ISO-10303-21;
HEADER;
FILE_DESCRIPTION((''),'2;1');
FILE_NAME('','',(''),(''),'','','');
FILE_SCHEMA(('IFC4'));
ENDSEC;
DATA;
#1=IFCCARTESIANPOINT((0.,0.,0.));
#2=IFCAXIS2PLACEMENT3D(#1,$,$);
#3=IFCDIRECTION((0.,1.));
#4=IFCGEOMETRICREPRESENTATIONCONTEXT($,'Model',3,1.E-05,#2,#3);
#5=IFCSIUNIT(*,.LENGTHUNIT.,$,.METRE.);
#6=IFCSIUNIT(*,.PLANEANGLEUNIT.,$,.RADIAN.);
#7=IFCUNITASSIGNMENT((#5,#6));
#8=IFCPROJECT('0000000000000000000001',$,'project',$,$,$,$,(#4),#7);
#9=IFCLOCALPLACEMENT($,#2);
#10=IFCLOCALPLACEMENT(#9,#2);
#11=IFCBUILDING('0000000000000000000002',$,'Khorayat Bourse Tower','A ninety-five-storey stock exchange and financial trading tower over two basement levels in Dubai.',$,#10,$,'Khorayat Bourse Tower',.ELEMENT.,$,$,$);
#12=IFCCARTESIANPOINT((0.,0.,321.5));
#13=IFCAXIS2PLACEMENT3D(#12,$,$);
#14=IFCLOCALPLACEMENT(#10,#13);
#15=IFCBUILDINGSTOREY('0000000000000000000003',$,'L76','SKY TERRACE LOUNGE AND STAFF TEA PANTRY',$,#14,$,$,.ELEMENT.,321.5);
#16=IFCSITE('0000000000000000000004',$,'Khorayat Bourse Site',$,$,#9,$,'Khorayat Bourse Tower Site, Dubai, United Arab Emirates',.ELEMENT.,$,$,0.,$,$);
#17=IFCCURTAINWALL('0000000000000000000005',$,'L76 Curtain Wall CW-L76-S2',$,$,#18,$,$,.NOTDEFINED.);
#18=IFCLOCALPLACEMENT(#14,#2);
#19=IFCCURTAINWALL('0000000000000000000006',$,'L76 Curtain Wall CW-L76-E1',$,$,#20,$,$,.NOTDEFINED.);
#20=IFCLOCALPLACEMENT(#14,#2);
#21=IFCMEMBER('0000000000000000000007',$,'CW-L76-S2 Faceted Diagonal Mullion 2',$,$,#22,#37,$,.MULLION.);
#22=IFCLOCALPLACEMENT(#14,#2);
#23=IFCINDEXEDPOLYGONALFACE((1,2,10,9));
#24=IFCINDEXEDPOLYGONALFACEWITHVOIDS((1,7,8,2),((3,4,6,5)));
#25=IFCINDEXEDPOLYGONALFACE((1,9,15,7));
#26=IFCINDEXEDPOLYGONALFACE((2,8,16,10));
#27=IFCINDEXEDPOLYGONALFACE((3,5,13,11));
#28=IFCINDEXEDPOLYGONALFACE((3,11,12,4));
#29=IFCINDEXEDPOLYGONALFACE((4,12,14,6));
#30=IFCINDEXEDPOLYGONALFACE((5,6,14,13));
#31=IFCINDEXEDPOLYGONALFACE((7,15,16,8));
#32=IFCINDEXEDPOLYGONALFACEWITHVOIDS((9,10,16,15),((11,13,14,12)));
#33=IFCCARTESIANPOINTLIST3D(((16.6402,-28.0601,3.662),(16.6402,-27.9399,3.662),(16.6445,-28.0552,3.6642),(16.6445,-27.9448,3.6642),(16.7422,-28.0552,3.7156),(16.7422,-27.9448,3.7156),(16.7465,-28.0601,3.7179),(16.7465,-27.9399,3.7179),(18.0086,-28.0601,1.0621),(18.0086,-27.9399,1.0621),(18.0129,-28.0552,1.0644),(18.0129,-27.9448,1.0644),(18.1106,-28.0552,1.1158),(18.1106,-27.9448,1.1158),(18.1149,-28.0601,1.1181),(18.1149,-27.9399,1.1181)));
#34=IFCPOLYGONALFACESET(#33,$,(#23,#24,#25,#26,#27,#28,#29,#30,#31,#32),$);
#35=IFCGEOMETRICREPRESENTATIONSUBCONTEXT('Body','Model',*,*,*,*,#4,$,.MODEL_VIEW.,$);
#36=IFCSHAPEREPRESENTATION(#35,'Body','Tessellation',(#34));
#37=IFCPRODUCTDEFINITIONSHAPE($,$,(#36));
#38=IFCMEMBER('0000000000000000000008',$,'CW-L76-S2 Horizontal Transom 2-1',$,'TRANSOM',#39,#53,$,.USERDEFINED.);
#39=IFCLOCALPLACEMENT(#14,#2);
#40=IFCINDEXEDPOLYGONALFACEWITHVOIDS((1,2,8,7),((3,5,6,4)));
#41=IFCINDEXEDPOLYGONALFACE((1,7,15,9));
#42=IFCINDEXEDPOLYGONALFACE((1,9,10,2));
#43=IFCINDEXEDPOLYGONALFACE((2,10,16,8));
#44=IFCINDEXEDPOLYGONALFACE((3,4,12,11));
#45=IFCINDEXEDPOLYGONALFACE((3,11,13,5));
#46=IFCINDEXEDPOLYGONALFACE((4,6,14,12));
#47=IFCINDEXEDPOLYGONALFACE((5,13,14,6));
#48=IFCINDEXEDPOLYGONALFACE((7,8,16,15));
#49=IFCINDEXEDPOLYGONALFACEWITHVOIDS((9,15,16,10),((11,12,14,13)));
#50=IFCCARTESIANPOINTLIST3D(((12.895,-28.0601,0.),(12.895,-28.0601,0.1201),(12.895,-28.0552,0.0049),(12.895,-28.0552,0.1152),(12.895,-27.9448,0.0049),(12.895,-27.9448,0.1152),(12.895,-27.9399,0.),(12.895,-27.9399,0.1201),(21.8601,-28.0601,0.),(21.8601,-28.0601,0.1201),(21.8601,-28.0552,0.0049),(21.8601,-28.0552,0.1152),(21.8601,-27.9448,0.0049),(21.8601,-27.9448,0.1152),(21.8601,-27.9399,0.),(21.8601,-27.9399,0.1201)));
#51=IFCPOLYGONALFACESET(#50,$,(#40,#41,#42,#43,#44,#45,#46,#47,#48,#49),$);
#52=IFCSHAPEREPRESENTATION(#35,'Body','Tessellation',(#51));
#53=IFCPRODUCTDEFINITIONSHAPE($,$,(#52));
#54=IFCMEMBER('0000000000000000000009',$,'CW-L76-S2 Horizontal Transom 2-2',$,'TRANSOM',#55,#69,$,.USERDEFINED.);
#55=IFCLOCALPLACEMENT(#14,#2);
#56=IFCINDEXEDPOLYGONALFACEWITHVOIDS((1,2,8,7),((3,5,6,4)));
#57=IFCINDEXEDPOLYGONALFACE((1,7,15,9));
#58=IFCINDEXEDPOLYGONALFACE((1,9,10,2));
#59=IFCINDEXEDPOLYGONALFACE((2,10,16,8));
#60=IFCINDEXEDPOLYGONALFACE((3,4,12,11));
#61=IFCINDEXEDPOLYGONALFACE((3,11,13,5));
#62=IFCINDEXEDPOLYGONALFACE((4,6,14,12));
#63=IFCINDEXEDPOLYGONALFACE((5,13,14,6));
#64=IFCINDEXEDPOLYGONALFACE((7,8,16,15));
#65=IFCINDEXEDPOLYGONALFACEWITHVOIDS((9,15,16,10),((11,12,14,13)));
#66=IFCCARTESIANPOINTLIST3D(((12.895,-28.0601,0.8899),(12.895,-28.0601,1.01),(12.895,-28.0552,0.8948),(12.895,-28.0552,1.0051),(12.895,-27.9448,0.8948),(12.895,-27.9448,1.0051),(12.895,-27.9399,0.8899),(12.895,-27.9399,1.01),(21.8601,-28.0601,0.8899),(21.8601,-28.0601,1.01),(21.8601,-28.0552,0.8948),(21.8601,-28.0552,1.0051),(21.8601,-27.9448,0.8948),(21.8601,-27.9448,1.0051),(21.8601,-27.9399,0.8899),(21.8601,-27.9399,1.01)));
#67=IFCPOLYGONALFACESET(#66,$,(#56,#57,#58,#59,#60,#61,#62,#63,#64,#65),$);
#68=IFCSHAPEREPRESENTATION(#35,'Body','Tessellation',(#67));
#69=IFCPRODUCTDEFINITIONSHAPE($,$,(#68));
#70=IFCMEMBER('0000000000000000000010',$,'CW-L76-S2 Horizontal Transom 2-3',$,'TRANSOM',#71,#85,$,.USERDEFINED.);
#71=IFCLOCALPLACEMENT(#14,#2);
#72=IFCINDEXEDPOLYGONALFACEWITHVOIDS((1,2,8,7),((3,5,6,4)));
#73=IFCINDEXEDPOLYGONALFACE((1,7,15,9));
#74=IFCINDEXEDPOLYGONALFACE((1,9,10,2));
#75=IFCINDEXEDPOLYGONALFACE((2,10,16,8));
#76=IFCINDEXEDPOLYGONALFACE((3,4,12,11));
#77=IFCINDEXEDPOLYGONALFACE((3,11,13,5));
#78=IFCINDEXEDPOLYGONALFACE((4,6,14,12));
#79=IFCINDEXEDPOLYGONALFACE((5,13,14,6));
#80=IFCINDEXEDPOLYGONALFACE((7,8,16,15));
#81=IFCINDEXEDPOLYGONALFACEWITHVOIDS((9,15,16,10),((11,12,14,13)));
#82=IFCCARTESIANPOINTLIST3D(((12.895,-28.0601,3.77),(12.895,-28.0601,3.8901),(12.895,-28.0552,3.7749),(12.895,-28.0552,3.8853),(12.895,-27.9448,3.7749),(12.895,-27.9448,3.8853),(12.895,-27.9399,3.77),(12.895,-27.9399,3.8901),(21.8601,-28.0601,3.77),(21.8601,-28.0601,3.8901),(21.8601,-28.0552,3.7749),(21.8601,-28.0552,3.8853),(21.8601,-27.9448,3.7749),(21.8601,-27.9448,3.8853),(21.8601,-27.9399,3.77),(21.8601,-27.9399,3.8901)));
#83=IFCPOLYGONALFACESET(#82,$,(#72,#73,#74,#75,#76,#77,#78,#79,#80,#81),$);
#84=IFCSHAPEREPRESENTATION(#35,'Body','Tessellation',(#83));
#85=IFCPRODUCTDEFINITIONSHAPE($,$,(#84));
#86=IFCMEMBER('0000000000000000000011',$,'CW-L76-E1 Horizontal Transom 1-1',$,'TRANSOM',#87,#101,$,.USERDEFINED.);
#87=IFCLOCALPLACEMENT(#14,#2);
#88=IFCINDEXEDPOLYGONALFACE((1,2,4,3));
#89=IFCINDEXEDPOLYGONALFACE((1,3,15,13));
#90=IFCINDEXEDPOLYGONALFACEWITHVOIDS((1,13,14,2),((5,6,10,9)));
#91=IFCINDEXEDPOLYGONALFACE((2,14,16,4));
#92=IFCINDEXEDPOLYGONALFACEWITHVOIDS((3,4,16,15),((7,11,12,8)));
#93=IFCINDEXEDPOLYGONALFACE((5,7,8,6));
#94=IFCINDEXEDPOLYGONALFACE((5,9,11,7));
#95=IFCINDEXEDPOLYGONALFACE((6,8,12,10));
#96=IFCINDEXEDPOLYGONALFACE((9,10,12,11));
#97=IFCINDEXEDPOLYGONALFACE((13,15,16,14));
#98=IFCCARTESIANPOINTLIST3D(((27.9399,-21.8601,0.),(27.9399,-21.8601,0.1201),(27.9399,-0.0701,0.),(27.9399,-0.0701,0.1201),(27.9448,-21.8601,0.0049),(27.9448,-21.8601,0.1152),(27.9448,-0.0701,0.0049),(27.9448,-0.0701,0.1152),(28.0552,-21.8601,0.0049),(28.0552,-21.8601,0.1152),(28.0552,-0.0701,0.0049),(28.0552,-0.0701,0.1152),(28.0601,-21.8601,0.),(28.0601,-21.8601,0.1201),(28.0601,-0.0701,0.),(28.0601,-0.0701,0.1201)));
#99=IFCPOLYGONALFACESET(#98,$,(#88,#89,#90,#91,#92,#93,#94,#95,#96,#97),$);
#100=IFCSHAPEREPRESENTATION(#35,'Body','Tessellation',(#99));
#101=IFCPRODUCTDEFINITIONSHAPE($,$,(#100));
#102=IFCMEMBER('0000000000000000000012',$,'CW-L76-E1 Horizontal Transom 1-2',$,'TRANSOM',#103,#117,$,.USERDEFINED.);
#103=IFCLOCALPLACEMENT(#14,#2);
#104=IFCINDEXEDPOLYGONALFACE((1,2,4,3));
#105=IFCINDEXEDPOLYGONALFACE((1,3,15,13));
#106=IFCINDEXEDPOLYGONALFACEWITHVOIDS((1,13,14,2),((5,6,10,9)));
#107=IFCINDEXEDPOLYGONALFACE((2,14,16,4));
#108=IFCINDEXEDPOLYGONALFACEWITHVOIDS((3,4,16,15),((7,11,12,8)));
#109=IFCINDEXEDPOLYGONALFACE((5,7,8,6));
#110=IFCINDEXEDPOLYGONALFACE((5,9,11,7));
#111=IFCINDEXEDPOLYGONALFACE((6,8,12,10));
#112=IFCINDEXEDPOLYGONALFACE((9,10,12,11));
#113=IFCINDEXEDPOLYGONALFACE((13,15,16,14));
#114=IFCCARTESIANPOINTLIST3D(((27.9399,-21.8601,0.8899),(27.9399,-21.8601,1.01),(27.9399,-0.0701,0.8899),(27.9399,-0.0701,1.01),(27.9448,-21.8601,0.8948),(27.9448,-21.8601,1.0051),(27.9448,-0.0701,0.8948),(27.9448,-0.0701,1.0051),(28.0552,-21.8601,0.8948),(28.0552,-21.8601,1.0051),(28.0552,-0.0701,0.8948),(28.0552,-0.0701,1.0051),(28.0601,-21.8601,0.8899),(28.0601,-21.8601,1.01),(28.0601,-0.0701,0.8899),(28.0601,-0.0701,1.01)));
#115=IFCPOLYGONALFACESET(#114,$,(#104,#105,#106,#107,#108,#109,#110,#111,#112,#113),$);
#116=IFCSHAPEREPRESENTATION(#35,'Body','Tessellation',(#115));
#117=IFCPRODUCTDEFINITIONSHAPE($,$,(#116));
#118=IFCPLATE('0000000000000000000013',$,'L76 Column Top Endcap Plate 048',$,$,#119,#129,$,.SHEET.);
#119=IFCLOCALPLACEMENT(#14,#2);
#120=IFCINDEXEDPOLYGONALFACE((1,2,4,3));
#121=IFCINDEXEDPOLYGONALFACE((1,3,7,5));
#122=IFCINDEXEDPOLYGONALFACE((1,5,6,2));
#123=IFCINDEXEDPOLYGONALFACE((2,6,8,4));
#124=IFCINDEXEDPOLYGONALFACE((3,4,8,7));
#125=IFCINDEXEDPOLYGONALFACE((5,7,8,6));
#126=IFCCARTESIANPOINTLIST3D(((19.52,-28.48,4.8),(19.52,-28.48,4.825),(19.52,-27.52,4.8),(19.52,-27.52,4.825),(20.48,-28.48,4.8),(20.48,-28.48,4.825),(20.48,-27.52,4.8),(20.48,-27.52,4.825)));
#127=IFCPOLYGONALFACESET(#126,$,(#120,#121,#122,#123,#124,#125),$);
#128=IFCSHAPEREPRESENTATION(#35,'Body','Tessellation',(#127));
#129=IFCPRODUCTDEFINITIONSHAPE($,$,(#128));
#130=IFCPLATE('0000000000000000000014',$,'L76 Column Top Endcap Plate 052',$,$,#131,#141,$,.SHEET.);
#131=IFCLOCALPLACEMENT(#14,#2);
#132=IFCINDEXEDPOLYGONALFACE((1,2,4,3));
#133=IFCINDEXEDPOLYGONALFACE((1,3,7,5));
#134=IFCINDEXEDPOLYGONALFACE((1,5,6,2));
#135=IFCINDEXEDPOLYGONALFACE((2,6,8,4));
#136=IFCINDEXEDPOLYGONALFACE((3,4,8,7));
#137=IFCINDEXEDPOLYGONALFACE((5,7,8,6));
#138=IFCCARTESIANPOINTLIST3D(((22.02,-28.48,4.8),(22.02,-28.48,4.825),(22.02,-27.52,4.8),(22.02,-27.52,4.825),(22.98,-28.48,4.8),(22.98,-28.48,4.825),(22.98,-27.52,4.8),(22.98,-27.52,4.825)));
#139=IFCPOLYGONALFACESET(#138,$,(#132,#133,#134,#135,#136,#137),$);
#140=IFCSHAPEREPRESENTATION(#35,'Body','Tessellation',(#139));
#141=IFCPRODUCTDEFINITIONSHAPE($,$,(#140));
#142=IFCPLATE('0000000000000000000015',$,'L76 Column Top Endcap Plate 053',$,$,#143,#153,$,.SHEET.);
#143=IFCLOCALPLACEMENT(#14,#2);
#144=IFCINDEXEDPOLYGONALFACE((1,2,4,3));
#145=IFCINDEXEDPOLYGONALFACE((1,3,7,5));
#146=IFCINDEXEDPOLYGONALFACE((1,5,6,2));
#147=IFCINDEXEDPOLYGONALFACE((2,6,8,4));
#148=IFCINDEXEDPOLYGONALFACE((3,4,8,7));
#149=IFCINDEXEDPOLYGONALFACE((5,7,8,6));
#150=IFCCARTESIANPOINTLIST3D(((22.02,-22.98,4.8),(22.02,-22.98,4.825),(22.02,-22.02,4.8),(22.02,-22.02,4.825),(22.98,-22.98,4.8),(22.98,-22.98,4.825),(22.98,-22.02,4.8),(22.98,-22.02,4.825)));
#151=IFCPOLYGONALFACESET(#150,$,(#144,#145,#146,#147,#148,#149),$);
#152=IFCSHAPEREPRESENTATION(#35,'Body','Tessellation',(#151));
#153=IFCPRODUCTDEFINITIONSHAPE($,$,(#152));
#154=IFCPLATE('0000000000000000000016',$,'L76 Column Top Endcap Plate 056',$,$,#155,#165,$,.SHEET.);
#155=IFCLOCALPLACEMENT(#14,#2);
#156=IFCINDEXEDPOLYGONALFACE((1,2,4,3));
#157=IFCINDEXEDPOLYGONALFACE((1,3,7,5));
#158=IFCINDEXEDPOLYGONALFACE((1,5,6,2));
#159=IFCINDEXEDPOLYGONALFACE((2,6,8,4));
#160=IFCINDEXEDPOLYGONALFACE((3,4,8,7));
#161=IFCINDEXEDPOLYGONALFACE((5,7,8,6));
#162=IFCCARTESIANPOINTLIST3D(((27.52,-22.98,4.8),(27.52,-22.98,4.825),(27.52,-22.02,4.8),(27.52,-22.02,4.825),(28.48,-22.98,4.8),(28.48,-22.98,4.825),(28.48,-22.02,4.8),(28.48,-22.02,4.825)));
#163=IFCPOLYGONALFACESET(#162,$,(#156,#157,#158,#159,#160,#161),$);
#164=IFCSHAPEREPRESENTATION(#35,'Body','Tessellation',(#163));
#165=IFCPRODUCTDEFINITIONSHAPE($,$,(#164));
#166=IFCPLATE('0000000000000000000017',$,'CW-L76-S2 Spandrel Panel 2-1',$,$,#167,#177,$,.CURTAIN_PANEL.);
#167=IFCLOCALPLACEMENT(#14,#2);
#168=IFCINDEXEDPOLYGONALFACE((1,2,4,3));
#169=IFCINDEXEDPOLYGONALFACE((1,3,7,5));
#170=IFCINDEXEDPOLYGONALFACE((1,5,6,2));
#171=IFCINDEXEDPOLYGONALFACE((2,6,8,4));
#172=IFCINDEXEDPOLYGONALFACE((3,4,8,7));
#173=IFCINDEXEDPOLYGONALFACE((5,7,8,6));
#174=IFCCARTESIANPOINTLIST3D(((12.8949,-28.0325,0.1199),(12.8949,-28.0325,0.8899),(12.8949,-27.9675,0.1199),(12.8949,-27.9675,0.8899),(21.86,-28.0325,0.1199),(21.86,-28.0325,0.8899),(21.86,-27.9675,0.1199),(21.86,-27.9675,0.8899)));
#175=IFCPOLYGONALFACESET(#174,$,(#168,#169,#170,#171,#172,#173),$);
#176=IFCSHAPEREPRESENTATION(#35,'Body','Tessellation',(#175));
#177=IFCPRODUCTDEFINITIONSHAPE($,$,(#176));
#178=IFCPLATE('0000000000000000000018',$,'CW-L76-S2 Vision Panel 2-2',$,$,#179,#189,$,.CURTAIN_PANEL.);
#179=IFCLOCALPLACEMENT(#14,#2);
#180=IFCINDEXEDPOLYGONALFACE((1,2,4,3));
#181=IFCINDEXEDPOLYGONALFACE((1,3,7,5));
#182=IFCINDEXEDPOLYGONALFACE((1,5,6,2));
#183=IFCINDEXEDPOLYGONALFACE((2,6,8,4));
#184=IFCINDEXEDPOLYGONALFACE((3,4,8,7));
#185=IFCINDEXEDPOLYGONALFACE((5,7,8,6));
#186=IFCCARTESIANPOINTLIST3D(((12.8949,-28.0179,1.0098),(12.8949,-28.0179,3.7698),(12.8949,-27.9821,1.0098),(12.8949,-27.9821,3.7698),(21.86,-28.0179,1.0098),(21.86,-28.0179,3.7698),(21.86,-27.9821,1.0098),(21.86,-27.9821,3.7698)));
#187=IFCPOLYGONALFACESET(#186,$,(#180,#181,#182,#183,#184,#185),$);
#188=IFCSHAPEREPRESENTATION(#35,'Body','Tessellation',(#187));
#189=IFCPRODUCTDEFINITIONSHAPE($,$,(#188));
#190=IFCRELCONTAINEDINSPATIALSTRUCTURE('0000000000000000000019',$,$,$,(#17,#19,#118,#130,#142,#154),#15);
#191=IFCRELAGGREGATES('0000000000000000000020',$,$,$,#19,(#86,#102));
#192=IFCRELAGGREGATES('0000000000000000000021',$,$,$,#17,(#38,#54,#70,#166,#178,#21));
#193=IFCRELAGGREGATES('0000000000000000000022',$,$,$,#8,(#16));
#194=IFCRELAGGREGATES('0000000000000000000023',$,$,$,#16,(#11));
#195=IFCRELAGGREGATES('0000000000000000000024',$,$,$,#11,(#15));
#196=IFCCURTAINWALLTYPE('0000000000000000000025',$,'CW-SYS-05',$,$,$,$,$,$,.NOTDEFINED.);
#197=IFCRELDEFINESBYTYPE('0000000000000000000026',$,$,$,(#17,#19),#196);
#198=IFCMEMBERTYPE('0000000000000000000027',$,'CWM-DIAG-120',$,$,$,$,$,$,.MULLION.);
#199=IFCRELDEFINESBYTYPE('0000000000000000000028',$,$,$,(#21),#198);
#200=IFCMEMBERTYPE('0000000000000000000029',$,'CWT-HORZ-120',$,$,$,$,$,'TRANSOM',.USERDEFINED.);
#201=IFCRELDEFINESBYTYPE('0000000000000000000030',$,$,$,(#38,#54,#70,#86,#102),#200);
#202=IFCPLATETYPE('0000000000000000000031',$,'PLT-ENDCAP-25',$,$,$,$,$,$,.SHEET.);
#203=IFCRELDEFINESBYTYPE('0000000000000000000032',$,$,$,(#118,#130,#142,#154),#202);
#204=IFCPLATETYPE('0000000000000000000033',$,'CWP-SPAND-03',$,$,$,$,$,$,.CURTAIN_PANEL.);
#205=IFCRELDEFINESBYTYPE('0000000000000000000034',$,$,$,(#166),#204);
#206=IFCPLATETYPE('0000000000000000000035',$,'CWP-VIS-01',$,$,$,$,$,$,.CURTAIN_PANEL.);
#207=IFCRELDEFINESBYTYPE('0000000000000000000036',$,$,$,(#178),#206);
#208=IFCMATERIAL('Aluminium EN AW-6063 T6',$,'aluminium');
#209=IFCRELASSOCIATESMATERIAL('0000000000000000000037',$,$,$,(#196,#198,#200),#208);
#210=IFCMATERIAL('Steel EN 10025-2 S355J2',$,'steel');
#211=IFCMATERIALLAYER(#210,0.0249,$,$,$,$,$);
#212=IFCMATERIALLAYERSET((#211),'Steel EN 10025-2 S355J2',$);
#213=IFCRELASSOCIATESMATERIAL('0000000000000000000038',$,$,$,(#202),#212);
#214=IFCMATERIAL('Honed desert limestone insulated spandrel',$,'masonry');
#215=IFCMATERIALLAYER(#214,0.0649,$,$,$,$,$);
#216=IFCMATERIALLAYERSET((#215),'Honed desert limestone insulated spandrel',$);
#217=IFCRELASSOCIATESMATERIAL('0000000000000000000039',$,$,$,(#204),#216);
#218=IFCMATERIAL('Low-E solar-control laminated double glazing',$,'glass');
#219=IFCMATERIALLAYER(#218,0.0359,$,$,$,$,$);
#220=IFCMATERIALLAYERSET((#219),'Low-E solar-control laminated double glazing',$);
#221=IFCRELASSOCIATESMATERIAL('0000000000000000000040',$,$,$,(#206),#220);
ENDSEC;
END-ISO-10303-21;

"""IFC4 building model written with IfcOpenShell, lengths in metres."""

from ifc_helpers import new_model, si_unit, direction, frame, origin, origin_2d, place, context, subcontext, project, spatial, rectangle, hollow_rectangle, extrude, source, transform, mapped, material, layer, layer_set, material_profile, profile_set, type_object, element, aggregate, save


model = new_model("IFC4")

# Units and contexts
model_context = context("Model", 3, precision=1e-05, world=origin(), true_north=direction((0.0, 1.0)))
body_context = subcontext(model_context, "Body", "Model", "MODEL_VIEW")
ifc_project = project(units=[si_unit("LENGTHUNIT", "METRE"), si_unit("PLANEANGLEUNIT", "RADIAN")], contexts=[model_context])

# Site, building, storey
site_placement = place(None, origin())
site = spatial("IfcSite", under=ifc_project, at=site_placement, Name="Khorayat Bourse Site", LongName="Khorayat Bourse Tower Site, Dubai, United Arab Emirates", CompositionType="ELEMENT", RefElevation=0.0)
building_placement = place(site_placement, origin())
building = spatial("IfcBuilding", under=site, at=building_placement, Name="Khorayat Bourse Tower", Description="A ninety-five-storey stock exchange and financial trading tower over two basement levels in Dubai.", LongName="Khorayat Bourse Tower", CompositionType="ELEMENT")
storey_placement = place(building_placement, frame((0.0, 0.0, 321.5)))
storey = spatial("IfcBuildingStorey", under=building, at=storey_placement, Name="L76", Description="SKY TERRACE LOUNGE AND STAFF TEA PANTRY", CompositionType="ELEMENT", Elevation=321.5)

# Curtain wall
ifc_material_1 = material(Name="Aluminium EN AW-6063 T6", Category="aluminium")
curtain_wall_type = type_object("IfcCurtainWallType", Name="CW-SYS-05", PredefinedType="NOTDEFINED", material=ifc_material_1)
curtain_wall_1_placement = place(storey_placement, origin())
curtain_wall_1 = element("IfcCurtainWall", 1, at=curtain_wall_1_placement, inside=storey, type_object=curtain_wall_type, Name="L76 Curtain Wall CW-L76-S2", PredefinedType="NOTDEFINED")

# Curtain wall
curtain_wall_2_placement = place(storey_placement, origin())
curtain_wall_2 = element("IfcCurtainWall", 2, at=curtain_wall_2_placement, inside=storey, type_object=curtain_wall_type, Name="L76 Curtain Wall CW-L76-E1", PredefinedType="NOTDEFINED")

# Members
ifc_material_profile_1 = material_profile(ifc_material_1, hollow_rectangle(XDim=0.1201, YDim=0.1201, WallThickness=0.0049, at=origin_2d()), Name="ALU 120x120x5")
ifc_profile_set_1 = profile_set([ifc_material_profile_1], Name="Aluminium EN AW-6063 T6")
member_type_1 = type_object("IfcMemberType", Name="CWM-DIAG-120", PredefinedType="MULLION", material=ifc_profile_set_1)
shared_shape_1 = source(origin(), body_context, "Body", "SweptSolid", [
    extrude(hollow_rectangle(XDim=0.1201, YDim=0.1201, WallThickness=0.0049, at=origin_2d()), origin(), (0.0, 0.0, 1.0), 2.938),
])
member_1_placement = place(storey_placement, frame((18.0618, -28.0, 1.0901), z_axis=(-0.465764, 0.0, 0.884909), x_axis=(0.0, -1.0, 0.0)))
member_1 = element("IfcMember", 3, at=member_1_placement, type_object=member_type_1, Name="CW-L76-S2 Faceted Diagonal Mullion 2", PredefinedType="MULLION", context=body_context, shape_type="MappedRepresentation", body=[
    mapped(shared_shape_1, transform((0.0, 0.0, 0.0), scale=1.0)),
])
ifc_material_profile_2 = material_profile(ifc_material_1, hollow_rectangle(XDim=0.1201, YDim=0.1201, WallThickness=0.0049, at=origin_2d()), Name="ALU 120x120x5")
ifc_profile_set_2 = profile_set([ifc_material_profile_2], Name="Aluminium EN AW-6063 T6")
member_type_2 = type_object("IfcMemberType", Name="CWT-HORZ-120", ElementType="TRANSOM", PredefinedType="USERDEFINED", material=ifc_profile_set_2)
shared_shape_2 = source(origin(), body_context, "Body", "SweptSolid", [
    extrude(hollow_rectangle(XDim=0.1201, YDim=0.1201, WallThickness=0.0049, at=origin_2d()), origin(), (0.0, 0.0, 1.0), 8.9651),
])
member_2_placement = place(storey_placement, frame((12.895, -28.0, 0.0601), z_axis=(1.0, 0.0, 0.0), x_axis=(0.0, 1.0, 0.0)))
member_2 = element("IfcMember", 4, at=member_2_placement, type_object=member_type_2, Name="CW-L76-S2 Horizontal Transom 2-1", ObjectType="TRANSOM", PredefinedType="USERDEFINED", context=body_context, shape_type="MappedRepresentation", body=[
    mapped(shared_shape_2, transform((0.0, 0.0, 0.0), scale=1.0)),
])
member_3_placement = place(storey_placement, frame((12.895, -28.0, 0.95), z_axis=(1.0, 0.0, 0.0), x_axis=(0.0, 1.0, 0.0)))
member_3 = element("IfcMember", 5, at=member_3_placement, type_object=member_type_2, Name="CW-L76-S2 Horizontal Transom 2-2", ObjectType="TRANSOM", PredefinedType="USERDEFINED", context=body_context, shape_type="MappedRepresentation", body=[
    mapped(shared_shape_2, transform((0.0, 0.0, 0.0), scale=1.0)),
])
member_4_placement = place(storey_placement, frame((12.895, -28.0, 3.8301), z_axis=(1.0, 0.0, 0.0), x_axis=(0.0, 1.0, 0.0)))
member_4 = element("IfcMember", 6, at=member_4_placement, type_object=member_type_2, Name="CW-L76-S2 Horizontal Transom 2-3", ObjectType="TRANSOM", PredefinedType="USERDEFINED", context=body_context, shape_type="MappedRepresentation", body=[
    mapped(shared_shape_2, transform((0.0, 0.0, 0.0), scale=1.0)),
])
shared_shape_3 = source(origin(), body_context, "Body", "SweptSolid", [
    extrude(hollow_rectangle(XDim=0.1201, YDim=0.1201, WallThickness=0.0049, at=origin_2d()), origin(), (0.0, 0.0, 1.0), 21.79),
])
member_5_placement = place(storey_placement, frame((28.0, -21.8601, 0.0601), z_axis=(0.0, 1.0, 0.0), x_axis=(-1.0, 0.0, 0.0)))
member_5 = element("IfcMember", 7, at=member_5_placement, type_object=member_type_2, Name="CW-L76-E1 Horizontal Transom 1-1", ObjectType="TRANSOM", PredefinedType="USERDEFINED", context=body_context, shape_type="MappedRepresentation", body=[
    mapped(shared_shape_3, transform((0.0, 0.0, 0.0), scale=1.0)),
])
member_6_placement = place(storey_placement, frame((28.0, -21.8601, 0.95), z_axis=(0.0, 1.0, 0.0), x_axis=(-1.0, 0.0, 0.0)))
member_6 = element("IfcMember", 8, at=member_6_placement, type_object=member_type_2, Name="CW-L76-E1 Horizontal Transom 1-2", ObjectType="TRANSOM", PredefinedType="USERDEFINED", context=body_context, shape_type="MappedRepresentation", body=[
    mapped(shared_shape_3, transform((0.0, 0.0, 0.0), scale=1.0)),
])
aggregate(curtain_wall_2, [member_5, member_6])

# Plates
ifc_material_2 = material(Name="Steel EN 10025-2 S355J2", Category="steel")
ifc_layer_1 = layer(ifc_material_2, 0.0249)
ifc_layer_set_1 = layer_set([ifc_layer_1], Name="Steel EN 10025-2 S355J2")
plate_type_1 = type_object("IfcPlateType", Name="PLT-ENDCAP-25", PredefinedType="SHEET", material=ifc_layer_set_1)
shared_shape_4 = source(origin(), body_context, "Body", "SweptSolid", [
    extrude(rectangle(XDim=0.96, YDim=0.96, at=origin_2d()), origin(), (0.0, 0.0, 1.0), 0.0249),
])
for number, where, z_axis, x_axis, name in (
    (9, (20.0, -28.0, 4.8), (0.0, 0.0, 1.0), (1.0, 0.0, 0.0), "L76 Column Top Endcap Plate 048"),
    (10, (22.5, -28.0, 4.8), (0.0, 0.0, 1.0), (1.0, 0.0, 0.0), "L76 Column Top Endcap Plate 052"),
    (11, (22.5, -22.5, 4.8), (0.0, 0.0, 1.0), (1.0, 0.0, 0.0), "L76 Column Top Endcap Plate 053"),
    (12, (28.0, -22.5, 4.8), (0.0, 0.0, 1.0), (1.0, 0.0, 0.0), "L76 Column Top Endcap Plate 056"),
):
    element("IfcPlate", number, at=place(storey_placement, frame(where, z_axis=z_axis, x_axis=x_axis)), inside=storey, type_object=plate_type_1, Name=name, PredefinedType="SHEET", context=body_context, shape_type="MappedRepresentation", body=[
        mapped(shared_shape_4, transform((0.0, 0.0, 0.0), scale=1.0)),
    ])

# Plates
ifc_material_3 = material(Name="Honed desert limestone insulated spandrel", Category="masonry")
ifc_layer_2 = layer(ifc_material_3, 0.0649)
ifc_layer_set_2 = layer_set([ifc_layer_2], Name="Honed desert limestone insulated spandrel")
plate_type_2 = type_object("IfcPlateType", Name="CWP-SPAND-03", PredefinedType="CURTAIN_PANEL", material=ifc_layer_set_2)
shared_shape_5 = source(origin(), body_context, "Body", "SweptSolid", [
    extrude(rectangle(XDim=8.9651, YDim=0.0649, at=origin_2d()), origin(), (0.0, 0.0, 1.0), 0.77),
])
plate_1_placement = place(storey_placement, frame((17.3774, -28.0, 0.1199), z_axis=(0.0, 0.0, 1.0), x_axis=(1.0, 0.0, 0.0)))
plate_1 = element("IfcPlate", 13, at=plate_1_placement, type_object=plate_type_2, Name="CW-L76-S2 Spandrel Panel 2-1", PredefinedType="CURTAIN_PANEL", context=body_context, shape_type="MappedRepresentation", body=[
    mapped(shared_shape_5, transform((0.0, 0.0, 0.0), scale=1.0)),
])
ifc_material_4 = material(Name="Low-E solar-control laminated double glazing", Category="glass")
ifc_layer_3 = layer(ifc_material_4, 0.0359)
ifc_layer_set_3 = layer_set([ifc_layer_3], Name="Low-E solar-control laminated double glazing")
plate_type_3 = type_object("IfcPlateType", Name="CWP-VIS-01", PredefinedType="CURTAIN_PANEL", material=ifc_layer_set_3)
shared_shape_6 = source(origin(), body_context, "Body", "SweptSolid", [
    extrude(rectangle(XDim=8.9651, YDim=0.0359, at=origin_2d()), origin(), (0.0, 0.0, 1.0), 2.76),
])
plate_2_placement = place(storey_placement, frame((17.3774, -28.0, 1.0098), z_axis=(0.0, 0.0, 1.0), x_axis=(1.0, 0.0, 0.0)))
plate_2 = element("IfcPlate", 14, at=plate_2_placement, type_object=plate_type_3, Name="CW-L76-S2 Vision Panel 2-2", PredefinedType="CURTAIN_PANEL", context=body_context, shape_type="MappedRepresentation", body=[
    mapped(shared_shape_6, transform((0.0, 0.0, 0.0), scale=1.0)),
])
aggregate(curtain_wall_1, [member_2, member_3, member_4, plate_1, plate_2, member_1])

save(model, "model.ifc")
